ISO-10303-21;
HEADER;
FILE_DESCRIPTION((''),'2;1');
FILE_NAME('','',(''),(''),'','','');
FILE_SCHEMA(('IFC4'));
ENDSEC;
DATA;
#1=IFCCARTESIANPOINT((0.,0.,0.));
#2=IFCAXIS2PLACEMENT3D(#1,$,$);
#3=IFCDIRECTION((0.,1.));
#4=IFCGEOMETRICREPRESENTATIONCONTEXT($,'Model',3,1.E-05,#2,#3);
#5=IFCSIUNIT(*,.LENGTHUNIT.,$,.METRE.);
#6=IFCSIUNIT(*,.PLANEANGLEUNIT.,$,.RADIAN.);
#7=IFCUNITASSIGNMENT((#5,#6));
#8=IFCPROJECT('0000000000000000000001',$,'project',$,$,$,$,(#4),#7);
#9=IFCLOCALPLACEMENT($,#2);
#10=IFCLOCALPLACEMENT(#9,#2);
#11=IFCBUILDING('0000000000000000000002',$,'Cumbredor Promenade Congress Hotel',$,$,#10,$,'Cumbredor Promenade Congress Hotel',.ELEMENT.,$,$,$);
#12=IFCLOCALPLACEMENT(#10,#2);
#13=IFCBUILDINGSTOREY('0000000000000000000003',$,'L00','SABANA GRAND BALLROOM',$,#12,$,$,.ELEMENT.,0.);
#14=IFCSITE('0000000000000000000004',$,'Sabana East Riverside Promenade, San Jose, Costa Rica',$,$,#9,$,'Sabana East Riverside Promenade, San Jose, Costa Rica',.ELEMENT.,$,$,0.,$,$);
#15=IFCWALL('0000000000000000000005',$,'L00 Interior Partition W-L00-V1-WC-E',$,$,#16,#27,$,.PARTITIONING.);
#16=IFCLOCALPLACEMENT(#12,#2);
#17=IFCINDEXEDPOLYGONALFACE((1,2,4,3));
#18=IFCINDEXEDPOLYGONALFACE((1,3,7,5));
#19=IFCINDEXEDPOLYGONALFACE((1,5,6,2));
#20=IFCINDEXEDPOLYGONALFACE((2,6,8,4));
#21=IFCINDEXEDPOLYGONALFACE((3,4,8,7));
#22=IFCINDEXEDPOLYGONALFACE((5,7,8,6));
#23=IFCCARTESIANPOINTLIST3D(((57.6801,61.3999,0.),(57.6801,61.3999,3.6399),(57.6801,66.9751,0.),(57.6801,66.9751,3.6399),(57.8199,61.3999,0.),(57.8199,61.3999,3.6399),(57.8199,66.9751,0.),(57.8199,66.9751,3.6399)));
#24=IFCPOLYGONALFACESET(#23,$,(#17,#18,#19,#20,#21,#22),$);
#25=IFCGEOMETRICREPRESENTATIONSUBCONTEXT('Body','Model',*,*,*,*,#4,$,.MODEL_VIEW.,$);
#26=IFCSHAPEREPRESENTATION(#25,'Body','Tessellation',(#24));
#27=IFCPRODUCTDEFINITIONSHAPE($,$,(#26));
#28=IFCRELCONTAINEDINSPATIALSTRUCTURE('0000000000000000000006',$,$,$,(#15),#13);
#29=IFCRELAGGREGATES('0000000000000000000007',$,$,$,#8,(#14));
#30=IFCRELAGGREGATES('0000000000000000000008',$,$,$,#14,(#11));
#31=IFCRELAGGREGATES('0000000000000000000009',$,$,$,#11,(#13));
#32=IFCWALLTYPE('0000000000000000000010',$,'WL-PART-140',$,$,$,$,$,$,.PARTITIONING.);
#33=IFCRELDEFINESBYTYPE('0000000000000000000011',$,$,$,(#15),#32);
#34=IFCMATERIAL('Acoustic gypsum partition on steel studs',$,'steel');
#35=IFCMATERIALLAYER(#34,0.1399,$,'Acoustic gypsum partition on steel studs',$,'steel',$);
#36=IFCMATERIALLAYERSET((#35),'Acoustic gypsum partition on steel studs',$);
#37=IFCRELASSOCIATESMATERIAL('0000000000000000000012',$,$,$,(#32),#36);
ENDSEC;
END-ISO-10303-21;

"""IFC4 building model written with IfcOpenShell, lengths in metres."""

from ifc_helpers import new_model, si_unit, direction, frame, frame_2d, origin, place, context, subcontext, project, spatial, rectangle, extrude, material, layer, layer_set, type_object, element, save


model = new_model("IFC4")

# Units and contexts
model_context = context("Model", 3, precision=1e-05, world=origin(), true_north=direction((0.0, 1.0)))
body_context = subcontext(model_context, "Body", "Model", "MODEL_VIEW")
ifc_project = project(units=[si_unit("LENGTHUNIT", "METRE"), si_unit("PLANEANGLEUNIT", "RADIAN")], contexts=[model_context])

# Site, building, storey
site_placement = place(None, origin())
site = spatial("IfcSite", under=ifc_project, at=site_placement, Name="Sabana East Riverside Promenade, San Jose, Costa Rica", LongName="Sabana East Riverside Promenade, San Jose, Costa Rica", CompositionType="ELEMENT", RefElevation=0.0)
building_placement = place(site_placement, origin())
building = spatial("IfcBuilding", under=site, at=building_placement, Name="Cumbredor Promenade Congress Hotel", LongName="Cumbredor Promenade Congress Hotel", CompositionType="ELEMENT")
storey_placement = place(building_placement, origin())
storey = spatial("IfcBuildingStorey", under=building, at=storey_placement, Name="L00", Description="SABANA GRAND BALLROOM", CompositionType="ELEMENT", Elevation=0.0)

# Shared definitions
ifc_material_1 = material(Name="Acoustic gypsum partition on steel studs", Category="steel")
ifc_layer = layer(ifc_material_1, 0.1399, Name="Acoustic gypsum partition on steel studs", Category="steel")
ifc_layer_set = layer_set([ifc_layer], Name="Acoustic gypsum partition on steel studs")
wall_type = type_object("IfcWallType", Name="WL-PART-140", PredefinedType="PARTITIONING", material=ifc_layer_set)

# Wall
for number, where, z_axis, x_axis, name in (
    (1, (57.75, 61.3999, 0.0), (0.0, 0.0, 1.0), (0.0, 1.0, 0.0), "L00 Interior Partition W-L00-V1-WC-E"),
):
    element("IfcWall", number, at=place(storey_placement, frame(where, z_axis=z_axis, x_axis=x_axis)), inside=storey, type_object=wall_type, Name=name, PredefinedType="PARTITIONING", context=body_context, shape_type="SweptSolid", body=[
        extrude(rectangle(XDim=5.5752, YDim=0.1399, at=frame_2d((2.7876, 0.0))), origin(), (0.0, 0.0, 1.0), 3.6399),
    ])

save(model, "model.ifc")
